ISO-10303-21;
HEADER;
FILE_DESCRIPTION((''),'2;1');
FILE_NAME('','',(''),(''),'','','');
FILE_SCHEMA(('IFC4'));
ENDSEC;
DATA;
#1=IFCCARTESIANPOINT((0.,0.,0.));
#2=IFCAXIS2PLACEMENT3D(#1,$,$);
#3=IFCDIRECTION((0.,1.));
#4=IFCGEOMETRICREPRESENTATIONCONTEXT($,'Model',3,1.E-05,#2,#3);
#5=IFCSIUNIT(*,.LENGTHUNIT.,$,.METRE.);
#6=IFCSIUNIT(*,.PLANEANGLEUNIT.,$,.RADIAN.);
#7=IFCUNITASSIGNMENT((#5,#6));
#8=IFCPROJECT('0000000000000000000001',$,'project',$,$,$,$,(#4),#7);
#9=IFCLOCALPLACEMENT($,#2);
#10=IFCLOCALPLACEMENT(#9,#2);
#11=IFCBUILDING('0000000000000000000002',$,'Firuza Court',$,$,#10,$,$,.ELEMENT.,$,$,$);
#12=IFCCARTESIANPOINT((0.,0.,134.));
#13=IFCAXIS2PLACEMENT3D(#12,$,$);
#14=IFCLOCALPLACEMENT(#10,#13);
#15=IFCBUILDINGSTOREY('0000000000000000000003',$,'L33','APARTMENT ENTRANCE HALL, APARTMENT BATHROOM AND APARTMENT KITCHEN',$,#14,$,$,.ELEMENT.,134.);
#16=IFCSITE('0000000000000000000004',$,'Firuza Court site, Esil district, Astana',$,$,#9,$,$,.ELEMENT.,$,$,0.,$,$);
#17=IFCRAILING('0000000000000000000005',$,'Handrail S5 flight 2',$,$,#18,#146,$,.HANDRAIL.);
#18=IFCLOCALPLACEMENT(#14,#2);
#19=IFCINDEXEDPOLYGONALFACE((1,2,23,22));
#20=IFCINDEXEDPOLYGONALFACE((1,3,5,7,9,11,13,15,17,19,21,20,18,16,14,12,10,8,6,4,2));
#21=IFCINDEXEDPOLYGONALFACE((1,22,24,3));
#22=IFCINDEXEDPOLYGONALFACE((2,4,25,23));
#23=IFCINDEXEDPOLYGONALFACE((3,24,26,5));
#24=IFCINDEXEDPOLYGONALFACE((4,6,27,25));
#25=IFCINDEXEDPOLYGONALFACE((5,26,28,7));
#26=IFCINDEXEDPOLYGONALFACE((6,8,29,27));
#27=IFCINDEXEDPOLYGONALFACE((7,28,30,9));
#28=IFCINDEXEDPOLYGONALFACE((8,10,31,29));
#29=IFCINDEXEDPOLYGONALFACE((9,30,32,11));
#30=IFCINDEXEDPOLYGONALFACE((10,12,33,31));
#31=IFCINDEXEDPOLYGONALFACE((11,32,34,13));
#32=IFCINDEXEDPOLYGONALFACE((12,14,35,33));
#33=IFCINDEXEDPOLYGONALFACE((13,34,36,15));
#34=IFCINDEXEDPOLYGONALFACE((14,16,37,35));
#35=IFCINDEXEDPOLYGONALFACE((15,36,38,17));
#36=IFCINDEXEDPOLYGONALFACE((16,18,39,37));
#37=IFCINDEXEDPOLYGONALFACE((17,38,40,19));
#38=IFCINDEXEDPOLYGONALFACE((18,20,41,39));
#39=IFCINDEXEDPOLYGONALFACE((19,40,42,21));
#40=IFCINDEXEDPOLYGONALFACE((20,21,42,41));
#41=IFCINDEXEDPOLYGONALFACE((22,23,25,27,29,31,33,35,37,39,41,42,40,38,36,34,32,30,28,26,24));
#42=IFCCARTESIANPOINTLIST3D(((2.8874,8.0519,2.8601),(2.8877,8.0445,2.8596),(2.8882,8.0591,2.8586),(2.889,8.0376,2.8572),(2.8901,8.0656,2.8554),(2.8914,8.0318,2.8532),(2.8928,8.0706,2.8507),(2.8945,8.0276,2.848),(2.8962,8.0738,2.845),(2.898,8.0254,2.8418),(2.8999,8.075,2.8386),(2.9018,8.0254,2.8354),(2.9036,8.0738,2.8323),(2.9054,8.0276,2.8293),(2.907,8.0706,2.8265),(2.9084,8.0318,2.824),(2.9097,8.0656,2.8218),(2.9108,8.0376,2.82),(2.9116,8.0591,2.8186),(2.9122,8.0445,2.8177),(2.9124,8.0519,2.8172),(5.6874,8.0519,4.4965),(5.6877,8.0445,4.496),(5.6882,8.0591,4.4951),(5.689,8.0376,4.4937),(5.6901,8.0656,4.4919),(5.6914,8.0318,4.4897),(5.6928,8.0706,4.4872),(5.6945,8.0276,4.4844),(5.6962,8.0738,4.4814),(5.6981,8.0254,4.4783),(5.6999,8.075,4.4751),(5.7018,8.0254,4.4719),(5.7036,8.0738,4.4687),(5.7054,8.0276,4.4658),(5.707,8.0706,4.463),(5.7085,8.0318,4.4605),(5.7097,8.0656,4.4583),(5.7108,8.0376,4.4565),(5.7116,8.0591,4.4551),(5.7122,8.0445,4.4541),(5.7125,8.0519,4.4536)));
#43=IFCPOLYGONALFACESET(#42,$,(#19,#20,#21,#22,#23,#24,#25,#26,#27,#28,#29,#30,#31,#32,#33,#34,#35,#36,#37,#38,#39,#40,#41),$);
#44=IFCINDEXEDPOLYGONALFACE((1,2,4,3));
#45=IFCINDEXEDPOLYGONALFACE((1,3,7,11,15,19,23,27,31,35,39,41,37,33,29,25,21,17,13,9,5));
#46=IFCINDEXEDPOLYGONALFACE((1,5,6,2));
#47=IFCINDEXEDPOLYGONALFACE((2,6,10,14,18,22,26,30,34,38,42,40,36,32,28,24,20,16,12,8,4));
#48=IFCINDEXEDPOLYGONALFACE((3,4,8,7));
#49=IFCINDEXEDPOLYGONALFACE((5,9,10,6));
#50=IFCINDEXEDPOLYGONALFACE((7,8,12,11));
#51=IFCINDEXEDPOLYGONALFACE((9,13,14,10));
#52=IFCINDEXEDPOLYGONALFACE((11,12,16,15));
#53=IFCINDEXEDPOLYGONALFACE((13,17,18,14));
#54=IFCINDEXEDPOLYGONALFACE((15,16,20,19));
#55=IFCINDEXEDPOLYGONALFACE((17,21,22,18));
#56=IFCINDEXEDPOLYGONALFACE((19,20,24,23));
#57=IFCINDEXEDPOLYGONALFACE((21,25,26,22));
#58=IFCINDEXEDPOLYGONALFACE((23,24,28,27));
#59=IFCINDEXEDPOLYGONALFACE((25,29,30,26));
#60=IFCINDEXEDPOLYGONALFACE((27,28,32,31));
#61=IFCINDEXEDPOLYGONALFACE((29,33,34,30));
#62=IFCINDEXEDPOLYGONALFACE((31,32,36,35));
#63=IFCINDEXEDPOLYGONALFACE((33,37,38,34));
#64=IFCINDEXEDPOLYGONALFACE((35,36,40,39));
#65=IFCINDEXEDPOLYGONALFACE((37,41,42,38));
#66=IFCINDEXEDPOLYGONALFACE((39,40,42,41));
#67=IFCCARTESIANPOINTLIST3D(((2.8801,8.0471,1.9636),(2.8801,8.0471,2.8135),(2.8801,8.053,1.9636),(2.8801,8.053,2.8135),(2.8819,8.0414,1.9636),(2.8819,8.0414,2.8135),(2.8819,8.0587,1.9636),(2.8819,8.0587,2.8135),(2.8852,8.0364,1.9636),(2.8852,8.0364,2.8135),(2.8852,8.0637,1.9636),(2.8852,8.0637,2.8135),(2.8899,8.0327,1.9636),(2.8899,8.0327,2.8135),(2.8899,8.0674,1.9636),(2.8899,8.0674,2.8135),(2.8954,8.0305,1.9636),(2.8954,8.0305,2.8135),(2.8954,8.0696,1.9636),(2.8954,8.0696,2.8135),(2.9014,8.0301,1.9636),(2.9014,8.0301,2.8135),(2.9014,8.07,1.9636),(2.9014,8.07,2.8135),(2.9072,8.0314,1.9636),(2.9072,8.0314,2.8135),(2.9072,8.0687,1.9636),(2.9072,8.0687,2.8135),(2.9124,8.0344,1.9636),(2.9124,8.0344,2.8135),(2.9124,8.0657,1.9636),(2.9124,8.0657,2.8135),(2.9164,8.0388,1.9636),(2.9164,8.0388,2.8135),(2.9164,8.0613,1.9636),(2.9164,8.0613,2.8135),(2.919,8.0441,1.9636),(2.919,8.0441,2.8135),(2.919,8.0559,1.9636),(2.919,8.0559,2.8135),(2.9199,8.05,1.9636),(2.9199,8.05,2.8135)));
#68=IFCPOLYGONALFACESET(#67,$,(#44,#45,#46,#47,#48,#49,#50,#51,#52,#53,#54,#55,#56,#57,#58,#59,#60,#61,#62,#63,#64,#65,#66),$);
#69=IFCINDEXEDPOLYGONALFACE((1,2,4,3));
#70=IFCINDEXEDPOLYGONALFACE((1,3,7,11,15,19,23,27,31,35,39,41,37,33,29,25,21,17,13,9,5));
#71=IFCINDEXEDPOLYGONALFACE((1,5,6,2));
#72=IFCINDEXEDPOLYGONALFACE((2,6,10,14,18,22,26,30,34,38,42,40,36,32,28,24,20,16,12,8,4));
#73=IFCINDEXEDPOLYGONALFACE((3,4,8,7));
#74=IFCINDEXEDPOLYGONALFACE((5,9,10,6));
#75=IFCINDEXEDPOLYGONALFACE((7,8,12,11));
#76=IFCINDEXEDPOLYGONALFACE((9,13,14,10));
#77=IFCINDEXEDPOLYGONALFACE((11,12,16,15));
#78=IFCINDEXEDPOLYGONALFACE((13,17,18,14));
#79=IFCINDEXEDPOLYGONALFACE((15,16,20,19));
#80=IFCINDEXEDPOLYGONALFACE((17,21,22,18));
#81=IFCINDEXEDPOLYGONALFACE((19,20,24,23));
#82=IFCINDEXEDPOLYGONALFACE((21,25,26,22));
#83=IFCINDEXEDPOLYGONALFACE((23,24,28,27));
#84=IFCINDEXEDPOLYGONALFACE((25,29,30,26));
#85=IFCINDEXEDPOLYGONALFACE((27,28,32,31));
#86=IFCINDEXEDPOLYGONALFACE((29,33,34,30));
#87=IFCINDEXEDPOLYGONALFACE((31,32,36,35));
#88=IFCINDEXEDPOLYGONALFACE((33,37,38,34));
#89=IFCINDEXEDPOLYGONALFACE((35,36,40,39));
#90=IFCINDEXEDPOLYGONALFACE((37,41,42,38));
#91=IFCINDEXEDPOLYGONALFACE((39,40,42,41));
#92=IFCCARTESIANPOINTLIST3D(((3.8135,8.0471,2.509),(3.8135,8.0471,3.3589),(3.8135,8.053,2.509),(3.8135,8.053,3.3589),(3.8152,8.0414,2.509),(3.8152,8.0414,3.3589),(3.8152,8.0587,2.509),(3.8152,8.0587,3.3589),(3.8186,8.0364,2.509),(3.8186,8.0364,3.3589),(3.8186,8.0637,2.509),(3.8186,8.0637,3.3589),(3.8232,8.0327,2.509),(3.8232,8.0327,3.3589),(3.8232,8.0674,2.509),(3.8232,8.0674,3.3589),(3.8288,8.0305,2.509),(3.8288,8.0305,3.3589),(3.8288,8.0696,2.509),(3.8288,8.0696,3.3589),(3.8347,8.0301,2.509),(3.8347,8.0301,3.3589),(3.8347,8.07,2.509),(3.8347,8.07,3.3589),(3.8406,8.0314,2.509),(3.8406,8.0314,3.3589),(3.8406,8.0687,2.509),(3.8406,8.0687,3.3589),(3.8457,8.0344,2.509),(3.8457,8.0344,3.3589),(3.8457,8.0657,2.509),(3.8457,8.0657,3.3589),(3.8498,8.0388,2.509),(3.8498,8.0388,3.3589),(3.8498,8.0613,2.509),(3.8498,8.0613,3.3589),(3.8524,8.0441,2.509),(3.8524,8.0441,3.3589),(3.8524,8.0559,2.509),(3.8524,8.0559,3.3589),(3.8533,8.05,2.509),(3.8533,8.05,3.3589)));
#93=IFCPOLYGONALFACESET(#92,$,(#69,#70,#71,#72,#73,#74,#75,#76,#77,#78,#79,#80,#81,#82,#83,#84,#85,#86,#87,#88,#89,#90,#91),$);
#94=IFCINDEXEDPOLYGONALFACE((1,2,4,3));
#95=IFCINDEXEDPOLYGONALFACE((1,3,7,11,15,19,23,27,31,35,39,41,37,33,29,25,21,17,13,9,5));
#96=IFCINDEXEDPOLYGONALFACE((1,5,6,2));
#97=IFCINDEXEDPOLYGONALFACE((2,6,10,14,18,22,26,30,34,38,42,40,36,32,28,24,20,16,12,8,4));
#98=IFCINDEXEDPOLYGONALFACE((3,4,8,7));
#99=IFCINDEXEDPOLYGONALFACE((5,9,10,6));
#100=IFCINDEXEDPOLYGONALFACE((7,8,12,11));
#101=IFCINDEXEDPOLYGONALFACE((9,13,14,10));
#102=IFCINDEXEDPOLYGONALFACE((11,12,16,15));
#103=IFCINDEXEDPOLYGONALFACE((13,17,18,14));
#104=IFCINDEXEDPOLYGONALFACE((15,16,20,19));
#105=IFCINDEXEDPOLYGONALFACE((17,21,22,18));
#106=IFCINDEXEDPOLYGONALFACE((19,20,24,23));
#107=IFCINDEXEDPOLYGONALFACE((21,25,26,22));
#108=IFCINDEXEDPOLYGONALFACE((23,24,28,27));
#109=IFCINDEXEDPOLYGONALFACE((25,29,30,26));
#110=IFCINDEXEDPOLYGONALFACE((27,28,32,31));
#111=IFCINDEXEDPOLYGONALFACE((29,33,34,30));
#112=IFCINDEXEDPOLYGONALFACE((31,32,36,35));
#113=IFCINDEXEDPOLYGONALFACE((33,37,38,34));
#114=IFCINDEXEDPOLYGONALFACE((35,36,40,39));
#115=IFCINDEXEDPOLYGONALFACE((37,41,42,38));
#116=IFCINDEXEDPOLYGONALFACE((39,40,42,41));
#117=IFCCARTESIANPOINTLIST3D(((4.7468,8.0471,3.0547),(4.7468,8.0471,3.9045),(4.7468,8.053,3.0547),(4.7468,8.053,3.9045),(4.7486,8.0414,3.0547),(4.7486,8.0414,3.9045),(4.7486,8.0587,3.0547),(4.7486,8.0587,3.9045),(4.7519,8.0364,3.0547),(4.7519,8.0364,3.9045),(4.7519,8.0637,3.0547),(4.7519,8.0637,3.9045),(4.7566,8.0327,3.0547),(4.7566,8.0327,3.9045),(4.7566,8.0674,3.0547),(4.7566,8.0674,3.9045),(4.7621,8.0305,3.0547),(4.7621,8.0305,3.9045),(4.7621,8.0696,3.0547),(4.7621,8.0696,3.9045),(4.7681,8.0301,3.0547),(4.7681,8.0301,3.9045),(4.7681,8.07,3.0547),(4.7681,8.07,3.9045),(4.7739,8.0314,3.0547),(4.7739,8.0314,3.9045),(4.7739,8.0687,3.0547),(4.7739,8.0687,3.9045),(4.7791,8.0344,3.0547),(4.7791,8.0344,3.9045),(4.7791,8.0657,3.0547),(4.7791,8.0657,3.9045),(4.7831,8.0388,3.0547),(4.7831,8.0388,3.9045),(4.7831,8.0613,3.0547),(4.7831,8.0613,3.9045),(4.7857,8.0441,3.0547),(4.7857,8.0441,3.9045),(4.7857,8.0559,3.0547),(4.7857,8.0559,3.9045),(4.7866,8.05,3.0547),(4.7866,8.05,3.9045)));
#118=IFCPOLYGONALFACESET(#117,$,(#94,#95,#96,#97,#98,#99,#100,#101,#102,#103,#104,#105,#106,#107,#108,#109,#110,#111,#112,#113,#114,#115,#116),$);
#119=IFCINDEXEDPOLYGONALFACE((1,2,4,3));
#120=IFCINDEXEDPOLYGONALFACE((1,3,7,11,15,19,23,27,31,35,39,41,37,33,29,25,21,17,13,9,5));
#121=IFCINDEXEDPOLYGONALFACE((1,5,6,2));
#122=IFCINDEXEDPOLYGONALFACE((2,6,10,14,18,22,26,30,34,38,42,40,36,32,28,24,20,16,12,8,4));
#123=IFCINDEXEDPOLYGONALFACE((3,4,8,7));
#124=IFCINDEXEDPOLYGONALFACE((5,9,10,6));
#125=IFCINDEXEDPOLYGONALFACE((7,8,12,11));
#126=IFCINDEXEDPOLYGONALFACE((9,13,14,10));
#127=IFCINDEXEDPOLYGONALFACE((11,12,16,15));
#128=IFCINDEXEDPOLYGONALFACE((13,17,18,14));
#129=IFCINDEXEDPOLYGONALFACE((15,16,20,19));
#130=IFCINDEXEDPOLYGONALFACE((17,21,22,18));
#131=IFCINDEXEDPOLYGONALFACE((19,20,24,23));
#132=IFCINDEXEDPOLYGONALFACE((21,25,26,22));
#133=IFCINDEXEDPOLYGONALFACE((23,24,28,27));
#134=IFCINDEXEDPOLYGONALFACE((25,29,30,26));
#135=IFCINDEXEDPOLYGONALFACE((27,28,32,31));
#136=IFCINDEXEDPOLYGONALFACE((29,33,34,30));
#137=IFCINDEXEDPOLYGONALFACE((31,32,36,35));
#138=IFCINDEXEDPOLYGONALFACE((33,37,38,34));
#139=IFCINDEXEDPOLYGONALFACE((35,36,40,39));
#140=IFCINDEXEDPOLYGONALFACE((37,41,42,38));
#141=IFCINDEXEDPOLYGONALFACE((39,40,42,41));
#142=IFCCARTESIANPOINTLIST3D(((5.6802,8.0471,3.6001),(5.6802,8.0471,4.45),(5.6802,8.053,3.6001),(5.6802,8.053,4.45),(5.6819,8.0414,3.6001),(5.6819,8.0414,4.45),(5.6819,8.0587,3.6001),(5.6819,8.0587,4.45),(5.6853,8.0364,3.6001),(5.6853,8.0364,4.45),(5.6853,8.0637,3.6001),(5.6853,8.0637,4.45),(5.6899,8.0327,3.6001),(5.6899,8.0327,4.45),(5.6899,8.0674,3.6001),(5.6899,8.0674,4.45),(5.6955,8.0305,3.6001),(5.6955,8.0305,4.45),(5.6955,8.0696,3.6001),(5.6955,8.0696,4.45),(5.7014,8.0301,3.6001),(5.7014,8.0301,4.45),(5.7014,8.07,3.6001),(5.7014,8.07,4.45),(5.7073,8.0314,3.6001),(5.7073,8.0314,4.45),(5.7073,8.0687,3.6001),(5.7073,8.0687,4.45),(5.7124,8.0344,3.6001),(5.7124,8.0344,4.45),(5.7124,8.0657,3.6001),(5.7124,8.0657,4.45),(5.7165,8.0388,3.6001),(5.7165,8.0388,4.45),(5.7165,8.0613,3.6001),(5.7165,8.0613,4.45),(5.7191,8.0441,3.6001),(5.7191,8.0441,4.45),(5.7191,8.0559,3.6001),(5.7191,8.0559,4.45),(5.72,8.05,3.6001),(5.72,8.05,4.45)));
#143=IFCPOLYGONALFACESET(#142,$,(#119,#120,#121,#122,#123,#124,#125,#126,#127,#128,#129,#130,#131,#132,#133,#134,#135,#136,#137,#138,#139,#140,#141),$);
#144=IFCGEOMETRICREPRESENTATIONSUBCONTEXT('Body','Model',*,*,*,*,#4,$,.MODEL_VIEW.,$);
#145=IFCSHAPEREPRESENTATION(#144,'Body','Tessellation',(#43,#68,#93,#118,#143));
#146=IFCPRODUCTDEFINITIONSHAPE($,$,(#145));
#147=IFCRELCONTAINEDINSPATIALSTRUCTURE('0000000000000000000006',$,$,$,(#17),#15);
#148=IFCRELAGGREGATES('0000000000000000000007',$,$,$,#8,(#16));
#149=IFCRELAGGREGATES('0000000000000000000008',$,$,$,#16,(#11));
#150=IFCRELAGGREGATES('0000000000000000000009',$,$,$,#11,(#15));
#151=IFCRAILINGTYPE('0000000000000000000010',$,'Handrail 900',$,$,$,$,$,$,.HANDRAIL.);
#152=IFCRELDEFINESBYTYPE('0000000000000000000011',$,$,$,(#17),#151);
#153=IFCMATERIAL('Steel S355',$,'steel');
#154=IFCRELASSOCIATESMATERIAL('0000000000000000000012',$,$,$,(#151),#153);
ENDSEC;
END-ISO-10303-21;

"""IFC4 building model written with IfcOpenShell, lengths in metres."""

from ifc_helpers import new_model, si_unit, direction, frame, origin, origin_2d, place, context, subcontext, project, spatial, circle, extrude, material, type_object, element, save


model = new_model("IFC4")

# Units and contexts
model_context = context("Model", 3, precision=1e-05, world=origin(), true_north=direction((0.0, 1.0)))
body_context = subcontext(model_context, "Body", "Model", "MODEL_VIEW")
ifc_project = project(units=[si_unit("LENGTHUNIT", "METRE"), si_unit("PLANEANGLEUNIT", "RADIAN")], contexts=[model_context])

# Site, building, storey
site_placement = place(None, origin())
site = spatial("IfcSite", under=ifc_project, at=site_placement, Name="Firuza Court site, Esil district, Astana", CompositionType="ELEMENT", RefElevation=0.0)
building_placement = place(site_placement, origin())
building = spatial("IfcBuilding", under=site, at=building_placement, Name="Firuza Court", CompositionType="ELEMENT")
storey_placement = place(building_placement, frame((0.0, 0.0, 134.0)))
storey = spatial("IfcBuildingStorey", under=building, at=storey_placement, Name="L33", Description="APARTMENT ENTRANCE HALL, APARTMENT BATHROOM AND APARTMENT KITCHEN", CompositionType="ELEMENT", Elevation=134.0)

# Railing
ifc_material_1 = material(Name="Steel S355", Category="steel")
railing_type_1 = type_object("IfcRailingType", Name="Handrail 900", PredefinedType="HANDRAIL", material=ifc_material_1)
railing_1_placement = place(storey_placement, frame((2.8999, 8.05, 1.9636)))
element("IfcRailing", 1, at=railing_1_placement, inside=storey, type_object=railing_type_1, Name="Handrail S5 flight 2", PredefinedType="HANDRAIL", context=body_context, shape_type="SweptSolid", body=[
    extrude(circle(Radius=0.0249, at=origin_2d()), frame((0.0, 0.0, 0.875), z_axis=(0.863361, 0.0, 0.504587), x_axis=(0.0, 1.0, 0.0)), (0.0, 0.0, 1.0), 3.2432),
    extrude(circle(Radius=0.02, at=origin_2d()), origin(), (0.0, 0.0, 1.0), 0.8499),
    extrude(circle(Radius=0.02, at=origin_2d()), frame((0.9333, 0.0, 0.5454)), (0.0, 0.0, 1.0), 0.8499),
    extrude(circle(Radius=0.02, at=origin_2d()), frame((1.8667, 0.0, 1.0911)), (0.0, 0.0, 1.0), 0.8499),
    extrude(circle(Radius=0.02, at=origin_2d()), frame((2.8, 0.0, 1.6365)), (0.0, 0.0, 1.0), 0.8499),
])

save(model, "model.ifc")
